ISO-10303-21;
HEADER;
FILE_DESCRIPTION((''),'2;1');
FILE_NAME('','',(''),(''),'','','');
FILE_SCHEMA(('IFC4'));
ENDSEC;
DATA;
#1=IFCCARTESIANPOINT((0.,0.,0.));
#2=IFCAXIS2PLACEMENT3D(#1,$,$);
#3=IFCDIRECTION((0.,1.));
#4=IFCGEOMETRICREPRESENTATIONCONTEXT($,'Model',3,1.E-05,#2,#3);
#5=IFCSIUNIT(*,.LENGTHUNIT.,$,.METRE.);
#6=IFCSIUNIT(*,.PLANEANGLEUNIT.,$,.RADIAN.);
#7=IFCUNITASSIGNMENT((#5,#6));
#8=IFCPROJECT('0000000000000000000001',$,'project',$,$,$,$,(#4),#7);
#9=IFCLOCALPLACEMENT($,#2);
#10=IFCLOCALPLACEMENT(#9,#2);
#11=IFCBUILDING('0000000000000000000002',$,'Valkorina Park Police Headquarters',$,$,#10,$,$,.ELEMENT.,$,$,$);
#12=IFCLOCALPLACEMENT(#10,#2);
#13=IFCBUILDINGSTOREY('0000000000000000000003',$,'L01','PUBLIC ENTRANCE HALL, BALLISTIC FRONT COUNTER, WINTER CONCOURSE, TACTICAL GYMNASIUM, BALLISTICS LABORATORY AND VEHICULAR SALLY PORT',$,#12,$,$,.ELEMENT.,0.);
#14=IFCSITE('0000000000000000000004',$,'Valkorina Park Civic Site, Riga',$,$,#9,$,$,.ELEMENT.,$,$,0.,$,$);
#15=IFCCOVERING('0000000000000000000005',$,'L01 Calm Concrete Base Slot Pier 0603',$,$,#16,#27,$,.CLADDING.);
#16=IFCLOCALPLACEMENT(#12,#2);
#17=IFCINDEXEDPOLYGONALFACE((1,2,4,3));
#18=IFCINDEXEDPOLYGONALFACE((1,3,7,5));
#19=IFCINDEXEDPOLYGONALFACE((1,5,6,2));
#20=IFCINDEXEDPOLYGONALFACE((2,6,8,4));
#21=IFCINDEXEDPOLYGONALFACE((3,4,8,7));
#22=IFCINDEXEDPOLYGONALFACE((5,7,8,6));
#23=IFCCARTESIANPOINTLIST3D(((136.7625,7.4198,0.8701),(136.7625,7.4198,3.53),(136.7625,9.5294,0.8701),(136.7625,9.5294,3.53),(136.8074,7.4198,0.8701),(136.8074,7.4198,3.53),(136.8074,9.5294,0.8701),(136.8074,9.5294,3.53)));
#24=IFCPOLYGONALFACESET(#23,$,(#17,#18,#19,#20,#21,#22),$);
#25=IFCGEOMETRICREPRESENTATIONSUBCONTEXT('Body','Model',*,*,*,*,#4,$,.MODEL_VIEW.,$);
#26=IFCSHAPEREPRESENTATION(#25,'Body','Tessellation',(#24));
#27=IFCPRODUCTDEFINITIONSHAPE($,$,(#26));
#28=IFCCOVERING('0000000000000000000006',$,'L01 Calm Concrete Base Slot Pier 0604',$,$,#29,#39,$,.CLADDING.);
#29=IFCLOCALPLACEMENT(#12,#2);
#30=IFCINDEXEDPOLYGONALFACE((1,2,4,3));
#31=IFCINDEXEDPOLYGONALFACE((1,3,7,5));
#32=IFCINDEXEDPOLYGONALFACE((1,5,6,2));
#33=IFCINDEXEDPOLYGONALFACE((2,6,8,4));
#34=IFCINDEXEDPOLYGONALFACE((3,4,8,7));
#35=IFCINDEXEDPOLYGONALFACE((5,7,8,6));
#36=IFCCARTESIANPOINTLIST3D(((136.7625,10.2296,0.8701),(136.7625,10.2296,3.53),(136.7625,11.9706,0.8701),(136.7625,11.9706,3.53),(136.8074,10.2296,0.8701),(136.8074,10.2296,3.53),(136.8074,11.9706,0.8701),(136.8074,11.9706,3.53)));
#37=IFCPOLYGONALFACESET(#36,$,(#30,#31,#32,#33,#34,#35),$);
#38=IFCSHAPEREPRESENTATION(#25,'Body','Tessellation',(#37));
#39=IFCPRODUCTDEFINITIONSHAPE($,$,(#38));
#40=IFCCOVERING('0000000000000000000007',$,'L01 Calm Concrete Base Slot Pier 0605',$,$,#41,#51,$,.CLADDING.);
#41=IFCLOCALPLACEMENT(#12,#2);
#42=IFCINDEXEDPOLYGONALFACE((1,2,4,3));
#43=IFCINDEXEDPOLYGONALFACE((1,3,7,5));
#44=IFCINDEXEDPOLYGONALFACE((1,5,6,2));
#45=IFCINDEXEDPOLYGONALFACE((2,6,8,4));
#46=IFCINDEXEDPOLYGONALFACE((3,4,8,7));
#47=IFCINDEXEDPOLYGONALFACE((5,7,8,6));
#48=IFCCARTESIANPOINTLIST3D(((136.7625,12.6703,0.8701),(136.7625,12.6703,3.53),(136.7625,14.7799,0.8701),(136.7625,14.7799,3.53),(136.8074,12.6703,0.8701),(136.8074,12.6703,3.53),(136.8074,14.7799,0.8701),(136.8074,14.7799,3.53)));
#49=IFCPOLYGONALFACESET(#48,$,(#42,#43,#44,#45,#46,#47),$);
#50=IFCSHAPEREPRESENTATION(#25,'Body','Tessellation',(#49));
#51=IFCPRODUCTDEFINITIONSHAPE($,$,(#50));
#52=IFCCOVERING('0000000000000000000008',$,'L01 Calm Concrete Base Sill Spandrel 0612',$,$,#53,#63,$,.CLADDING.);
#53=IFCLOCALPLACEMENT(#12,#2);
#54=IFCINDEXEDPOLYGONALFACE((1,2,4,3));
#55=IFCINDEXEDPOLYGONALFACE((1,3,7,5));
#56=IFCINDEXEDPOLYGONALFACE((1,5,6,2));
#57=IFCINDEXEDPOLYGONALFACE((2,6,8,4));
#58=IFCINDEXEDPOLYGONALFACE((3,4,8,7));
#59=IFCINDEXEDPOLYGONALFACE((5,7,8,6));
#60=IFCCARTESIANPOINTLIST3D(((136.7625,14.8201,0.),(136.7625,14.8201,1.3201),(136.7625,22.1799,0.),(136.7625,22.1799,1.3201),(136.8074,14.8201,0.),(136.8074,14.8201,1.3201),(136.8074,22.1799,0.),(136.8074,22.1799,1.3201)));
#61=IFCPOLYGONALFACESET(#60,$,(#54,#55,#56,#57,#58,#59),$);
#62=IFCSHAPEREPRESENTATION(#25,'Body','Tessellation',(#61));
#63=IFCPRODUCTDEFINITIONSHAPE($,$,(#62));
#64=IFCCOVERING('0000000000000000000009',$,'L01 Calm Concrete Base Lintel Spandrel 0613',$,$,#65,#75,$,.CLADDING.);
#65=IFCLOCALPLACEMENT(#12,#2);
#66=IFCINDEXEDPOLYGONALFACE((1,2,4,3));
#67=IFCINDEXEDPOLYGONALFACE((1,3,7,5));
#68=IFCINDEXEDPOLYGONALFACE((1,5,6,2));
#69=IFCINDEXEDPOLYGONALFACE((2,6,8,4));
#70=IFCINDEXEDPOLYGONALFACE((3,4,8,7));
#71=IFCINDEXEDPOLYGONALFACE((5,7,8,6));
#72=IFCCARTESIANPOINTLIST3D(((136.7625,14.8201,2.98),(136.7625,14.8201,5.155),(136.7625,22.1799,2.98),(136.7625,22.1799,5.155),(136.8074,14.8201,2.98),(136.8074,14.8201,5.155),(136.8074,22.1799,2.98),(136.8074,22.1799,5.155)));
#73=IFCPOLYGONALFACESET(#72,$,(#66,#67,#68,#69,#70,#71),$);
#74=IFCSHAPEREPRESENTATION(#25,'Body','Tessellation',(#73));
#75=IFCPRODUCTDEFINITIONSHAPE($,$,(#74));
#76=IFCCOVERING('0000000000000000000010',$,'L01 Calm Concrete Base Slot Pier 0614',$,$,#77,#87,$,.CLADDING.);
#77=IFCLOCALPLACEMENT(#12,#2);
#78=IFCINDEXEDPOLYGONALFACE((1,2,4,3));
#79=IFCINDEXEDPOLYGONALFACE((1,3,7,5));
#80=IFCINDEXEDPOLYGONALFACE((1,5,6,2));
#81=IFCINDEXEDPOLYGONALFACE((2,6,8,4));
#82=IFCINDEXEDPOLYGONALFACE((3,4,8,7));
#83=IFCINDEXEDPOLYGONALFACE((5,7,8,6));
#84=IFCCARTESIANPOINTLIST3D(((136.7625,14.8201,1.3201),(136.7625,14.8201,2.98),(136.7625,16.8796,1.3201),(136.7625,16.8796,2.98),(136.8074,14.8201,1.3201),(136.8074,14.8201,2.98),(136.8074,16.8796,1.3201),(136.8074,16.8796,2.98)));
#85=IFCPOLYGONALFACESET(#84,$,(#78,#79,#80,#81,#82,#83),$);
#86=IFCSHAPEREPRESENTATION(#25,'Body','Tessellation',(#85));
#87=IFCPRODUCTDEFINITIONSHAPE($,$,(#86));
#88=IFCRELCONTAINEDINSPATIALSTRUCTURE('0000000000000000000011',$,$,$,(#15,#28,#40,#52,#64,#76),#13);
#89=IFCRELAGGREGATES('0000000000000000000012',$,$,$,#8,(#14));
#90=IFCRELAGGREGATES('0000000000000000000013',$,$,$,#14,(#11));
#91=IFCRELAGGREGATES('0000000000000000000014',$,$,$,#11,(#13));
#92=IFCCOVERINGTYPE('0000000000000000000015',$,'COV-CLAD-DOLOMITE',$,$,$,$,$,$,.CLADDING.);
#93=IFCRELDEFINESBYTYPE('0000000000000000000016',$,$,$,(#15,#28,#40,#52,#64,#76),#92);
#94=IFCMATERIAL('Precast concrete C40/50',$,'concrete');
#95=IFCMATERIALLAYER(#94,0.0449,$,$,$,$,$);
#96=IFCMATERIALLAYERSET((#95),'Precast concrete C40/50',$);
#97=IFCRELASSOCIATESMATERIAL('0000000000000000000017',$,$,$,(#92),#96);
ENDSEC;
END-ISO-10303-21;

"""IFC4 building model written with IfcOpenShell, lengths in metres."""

from ifc_helpers import new_model, si_unit, direction, frame, frame_2d, origin, place, context, subcontext, project, spatial, rectangle, extrude, material, layer, layer_set, type_object, element, save


model = new_model("IFC4")

# Units and contexts
model_context = context("Model", 3, precision=1e-05, world=origin(), true_north=direction((0.0, 1.0)))
body_context = subcontext(model_context, "Body", "Model", "MODEL_VIEW")
ifc_project = project(units=[si_unit("LENGTHUNIT", "METRE"), si_unit("PLANEANGLEUNIT", "RADIAN")], contexts=[model_context])

# Site, building, storey
site_placement = place(None, origin())
site = spatial("IfcSite", under=ifc_project, at=site_placement, Name="Valkorina Park Civic Site, Riga", CompositionType="ELEMENT", RefElevation=0.0)
building_placement = place(site_placement, origin())
building = spatial("IfcBuilding", under=site, at=building_placement, Name="Valkorina Park Police Headquarters", CompositionType="ELEMENT")
storey_placement = place(building_placement, origin())
storey = spatial("IfcBuildingStorey", under=building, at=storey_placement, Name="L01", Description="PUBLIC ENTRANCE HALL, BALLISTIC FRONT COUNTER, WINTER CONCOURSE, TACTICAL GYMNASIUM, BALLISTICS LABORATORY AND VEHICULAR SALLY PORT", CompositionType="ELEMENT", Elevation=0.0)

# Shared definitions
ifc_material_1 = material(Name="Precast concrete C40/50", Category="concrete")

# Coverings
ifc_layer_1 = layer(ifc_material_1, 0.0449)
ifc_layer_set_1 = layer_set([ifc_layer_1], Name="Precast concrete C40/50")
covering_type = type_object("IfcCoveringType", Name="COV-CLAD-DOLOMITE", PredefinedType="CLADDING", material=ifc_layer_set_1)
covering_1_placement = place(storey_placement, frame((136.7849, 7.4199, 0.8701), z_axis=(0.0, 0.0, 1.0), x_axis=(0.0, 1.0, 0.0)))
element("IfcCovering", 1, at=covering_1_placement, inside=storey, type_object=covering_type, Name="L01 Calm Concrete Base Slot Pier 0603", PredefinedType="CLADDING", context=body_context, shape_type="SweptSolid", body=[
    extrude(rectangle(XDim=2.1096, YDim=0.0449, at=frame_2d((1.0547, 0.0))), origin(), (0.0, 0.0, 1.0), 2.6599),
])
covering_2_placement = place(storey_placement, frame((136.7849, 10.2295, 0.8701), z_axis=(0.0, 0.0, 1.0), x_axis=(0.0, 1.0, 0.0)))
element("IfcCovering", 2, at=covering_2_placement, inside=storey, type_object=covering_type, Name="L01 Calm Concrete Base Slot Pier 0604", PredefinedType="CLADDING", context=body_context, shape_type="SweptSolid", body=[
    extrude(rectangle(XDim=1.741, YDim=0.0449, at=frame_2d((0.8706, 0.0))), origin(), (0.0, 0.0, 1.0), 2.6599),
])
covering_3_placement = place(storey_placement, frame((136.7849, 12.6704, 0.8701), z_axis=(0.0, 0.0, 1.0), x_axis=(0.0, 1.0, 0.0)))
element("IfcCovering", 3, at=covering_3_placement, inside=storey, type_object=covering_type, Name="L01 Calm Concrete Base Slot Pier 0605", PredefinedType="CLADDING", context=body_context, shape_type="SweptSolid", body=[
    extrude(rectangle(XDim=2.1096, YDim=0.0449, at=frame_2d((1.0547, 0.0))), origin(), (0.0, 0.0, 1.0), 2.6599),
])
covering_4_placement = place(storey_placement, frame((136.7849, 14.8201, 0.0), z_axis=(0.0, 0.0, 1.0), x_axis=(0.0, 1.0, 0.0)))
element("IfcCovering", 4, at=covering_4_placement, inside=storey, type_object=covering_type, Name="L01 Calm Concrete Base Sill Spandrel 0612", PredefinedType="CLADDING", context=body_context, shape_type="SweptSolid", body=[
    extrude(rectangle(XDim=7.3599, YDim=0.0449, at=frame_2d((3.6799, 0.0))), origin(), (0.0, 0.0, 1.0), 1.3201),
])
covering_5_placement = place(storey_placement, frame((136.7849, 14.8201, 2.98), z_axis=(0.0, 0.0, 1.0), x_axis=(0.0, 1.0, 0.0)))
element("IfcCovering", 5, at=covering_5_placement, inside=storey, type_object=covering_type, Name="L01 Calm Concrete Base Lintel Spandrel 0613", PredefinedType="CLADDING", context=body_context, shape_type="SweptSolid", body=[
    extrude(rectangle(XDim=7.3599, YDim=0.0449, at=frame_2d((3.6799, 0.0))), origin(), (0.0, 0.0, 1.0), 2.175),
])
covering_6_placement = place(storey_placement, frame((136.7849, 14.8201, 1.3201), z_axis=(0.0, 0.0, 1.0), x_axis=(0.0, 1.0, 0.0)))
element("IfcCovering", 6, at=covering_6_placement, inside=storey, type_object=covering_type, Name="L01 Calm Concrete Base Slot Pier 0614", PredefinedType="CLADDING", context=body_context, shape_type="SweptSolid", body=[
    extrude(rectangle(XDim=2.0596, YDim=0.0449, at=frame_2d((1.0298, 0.0))), origin(), (0.0, 0.0, 1.0), 1.6599),
])

save(model, "model.ifc")
